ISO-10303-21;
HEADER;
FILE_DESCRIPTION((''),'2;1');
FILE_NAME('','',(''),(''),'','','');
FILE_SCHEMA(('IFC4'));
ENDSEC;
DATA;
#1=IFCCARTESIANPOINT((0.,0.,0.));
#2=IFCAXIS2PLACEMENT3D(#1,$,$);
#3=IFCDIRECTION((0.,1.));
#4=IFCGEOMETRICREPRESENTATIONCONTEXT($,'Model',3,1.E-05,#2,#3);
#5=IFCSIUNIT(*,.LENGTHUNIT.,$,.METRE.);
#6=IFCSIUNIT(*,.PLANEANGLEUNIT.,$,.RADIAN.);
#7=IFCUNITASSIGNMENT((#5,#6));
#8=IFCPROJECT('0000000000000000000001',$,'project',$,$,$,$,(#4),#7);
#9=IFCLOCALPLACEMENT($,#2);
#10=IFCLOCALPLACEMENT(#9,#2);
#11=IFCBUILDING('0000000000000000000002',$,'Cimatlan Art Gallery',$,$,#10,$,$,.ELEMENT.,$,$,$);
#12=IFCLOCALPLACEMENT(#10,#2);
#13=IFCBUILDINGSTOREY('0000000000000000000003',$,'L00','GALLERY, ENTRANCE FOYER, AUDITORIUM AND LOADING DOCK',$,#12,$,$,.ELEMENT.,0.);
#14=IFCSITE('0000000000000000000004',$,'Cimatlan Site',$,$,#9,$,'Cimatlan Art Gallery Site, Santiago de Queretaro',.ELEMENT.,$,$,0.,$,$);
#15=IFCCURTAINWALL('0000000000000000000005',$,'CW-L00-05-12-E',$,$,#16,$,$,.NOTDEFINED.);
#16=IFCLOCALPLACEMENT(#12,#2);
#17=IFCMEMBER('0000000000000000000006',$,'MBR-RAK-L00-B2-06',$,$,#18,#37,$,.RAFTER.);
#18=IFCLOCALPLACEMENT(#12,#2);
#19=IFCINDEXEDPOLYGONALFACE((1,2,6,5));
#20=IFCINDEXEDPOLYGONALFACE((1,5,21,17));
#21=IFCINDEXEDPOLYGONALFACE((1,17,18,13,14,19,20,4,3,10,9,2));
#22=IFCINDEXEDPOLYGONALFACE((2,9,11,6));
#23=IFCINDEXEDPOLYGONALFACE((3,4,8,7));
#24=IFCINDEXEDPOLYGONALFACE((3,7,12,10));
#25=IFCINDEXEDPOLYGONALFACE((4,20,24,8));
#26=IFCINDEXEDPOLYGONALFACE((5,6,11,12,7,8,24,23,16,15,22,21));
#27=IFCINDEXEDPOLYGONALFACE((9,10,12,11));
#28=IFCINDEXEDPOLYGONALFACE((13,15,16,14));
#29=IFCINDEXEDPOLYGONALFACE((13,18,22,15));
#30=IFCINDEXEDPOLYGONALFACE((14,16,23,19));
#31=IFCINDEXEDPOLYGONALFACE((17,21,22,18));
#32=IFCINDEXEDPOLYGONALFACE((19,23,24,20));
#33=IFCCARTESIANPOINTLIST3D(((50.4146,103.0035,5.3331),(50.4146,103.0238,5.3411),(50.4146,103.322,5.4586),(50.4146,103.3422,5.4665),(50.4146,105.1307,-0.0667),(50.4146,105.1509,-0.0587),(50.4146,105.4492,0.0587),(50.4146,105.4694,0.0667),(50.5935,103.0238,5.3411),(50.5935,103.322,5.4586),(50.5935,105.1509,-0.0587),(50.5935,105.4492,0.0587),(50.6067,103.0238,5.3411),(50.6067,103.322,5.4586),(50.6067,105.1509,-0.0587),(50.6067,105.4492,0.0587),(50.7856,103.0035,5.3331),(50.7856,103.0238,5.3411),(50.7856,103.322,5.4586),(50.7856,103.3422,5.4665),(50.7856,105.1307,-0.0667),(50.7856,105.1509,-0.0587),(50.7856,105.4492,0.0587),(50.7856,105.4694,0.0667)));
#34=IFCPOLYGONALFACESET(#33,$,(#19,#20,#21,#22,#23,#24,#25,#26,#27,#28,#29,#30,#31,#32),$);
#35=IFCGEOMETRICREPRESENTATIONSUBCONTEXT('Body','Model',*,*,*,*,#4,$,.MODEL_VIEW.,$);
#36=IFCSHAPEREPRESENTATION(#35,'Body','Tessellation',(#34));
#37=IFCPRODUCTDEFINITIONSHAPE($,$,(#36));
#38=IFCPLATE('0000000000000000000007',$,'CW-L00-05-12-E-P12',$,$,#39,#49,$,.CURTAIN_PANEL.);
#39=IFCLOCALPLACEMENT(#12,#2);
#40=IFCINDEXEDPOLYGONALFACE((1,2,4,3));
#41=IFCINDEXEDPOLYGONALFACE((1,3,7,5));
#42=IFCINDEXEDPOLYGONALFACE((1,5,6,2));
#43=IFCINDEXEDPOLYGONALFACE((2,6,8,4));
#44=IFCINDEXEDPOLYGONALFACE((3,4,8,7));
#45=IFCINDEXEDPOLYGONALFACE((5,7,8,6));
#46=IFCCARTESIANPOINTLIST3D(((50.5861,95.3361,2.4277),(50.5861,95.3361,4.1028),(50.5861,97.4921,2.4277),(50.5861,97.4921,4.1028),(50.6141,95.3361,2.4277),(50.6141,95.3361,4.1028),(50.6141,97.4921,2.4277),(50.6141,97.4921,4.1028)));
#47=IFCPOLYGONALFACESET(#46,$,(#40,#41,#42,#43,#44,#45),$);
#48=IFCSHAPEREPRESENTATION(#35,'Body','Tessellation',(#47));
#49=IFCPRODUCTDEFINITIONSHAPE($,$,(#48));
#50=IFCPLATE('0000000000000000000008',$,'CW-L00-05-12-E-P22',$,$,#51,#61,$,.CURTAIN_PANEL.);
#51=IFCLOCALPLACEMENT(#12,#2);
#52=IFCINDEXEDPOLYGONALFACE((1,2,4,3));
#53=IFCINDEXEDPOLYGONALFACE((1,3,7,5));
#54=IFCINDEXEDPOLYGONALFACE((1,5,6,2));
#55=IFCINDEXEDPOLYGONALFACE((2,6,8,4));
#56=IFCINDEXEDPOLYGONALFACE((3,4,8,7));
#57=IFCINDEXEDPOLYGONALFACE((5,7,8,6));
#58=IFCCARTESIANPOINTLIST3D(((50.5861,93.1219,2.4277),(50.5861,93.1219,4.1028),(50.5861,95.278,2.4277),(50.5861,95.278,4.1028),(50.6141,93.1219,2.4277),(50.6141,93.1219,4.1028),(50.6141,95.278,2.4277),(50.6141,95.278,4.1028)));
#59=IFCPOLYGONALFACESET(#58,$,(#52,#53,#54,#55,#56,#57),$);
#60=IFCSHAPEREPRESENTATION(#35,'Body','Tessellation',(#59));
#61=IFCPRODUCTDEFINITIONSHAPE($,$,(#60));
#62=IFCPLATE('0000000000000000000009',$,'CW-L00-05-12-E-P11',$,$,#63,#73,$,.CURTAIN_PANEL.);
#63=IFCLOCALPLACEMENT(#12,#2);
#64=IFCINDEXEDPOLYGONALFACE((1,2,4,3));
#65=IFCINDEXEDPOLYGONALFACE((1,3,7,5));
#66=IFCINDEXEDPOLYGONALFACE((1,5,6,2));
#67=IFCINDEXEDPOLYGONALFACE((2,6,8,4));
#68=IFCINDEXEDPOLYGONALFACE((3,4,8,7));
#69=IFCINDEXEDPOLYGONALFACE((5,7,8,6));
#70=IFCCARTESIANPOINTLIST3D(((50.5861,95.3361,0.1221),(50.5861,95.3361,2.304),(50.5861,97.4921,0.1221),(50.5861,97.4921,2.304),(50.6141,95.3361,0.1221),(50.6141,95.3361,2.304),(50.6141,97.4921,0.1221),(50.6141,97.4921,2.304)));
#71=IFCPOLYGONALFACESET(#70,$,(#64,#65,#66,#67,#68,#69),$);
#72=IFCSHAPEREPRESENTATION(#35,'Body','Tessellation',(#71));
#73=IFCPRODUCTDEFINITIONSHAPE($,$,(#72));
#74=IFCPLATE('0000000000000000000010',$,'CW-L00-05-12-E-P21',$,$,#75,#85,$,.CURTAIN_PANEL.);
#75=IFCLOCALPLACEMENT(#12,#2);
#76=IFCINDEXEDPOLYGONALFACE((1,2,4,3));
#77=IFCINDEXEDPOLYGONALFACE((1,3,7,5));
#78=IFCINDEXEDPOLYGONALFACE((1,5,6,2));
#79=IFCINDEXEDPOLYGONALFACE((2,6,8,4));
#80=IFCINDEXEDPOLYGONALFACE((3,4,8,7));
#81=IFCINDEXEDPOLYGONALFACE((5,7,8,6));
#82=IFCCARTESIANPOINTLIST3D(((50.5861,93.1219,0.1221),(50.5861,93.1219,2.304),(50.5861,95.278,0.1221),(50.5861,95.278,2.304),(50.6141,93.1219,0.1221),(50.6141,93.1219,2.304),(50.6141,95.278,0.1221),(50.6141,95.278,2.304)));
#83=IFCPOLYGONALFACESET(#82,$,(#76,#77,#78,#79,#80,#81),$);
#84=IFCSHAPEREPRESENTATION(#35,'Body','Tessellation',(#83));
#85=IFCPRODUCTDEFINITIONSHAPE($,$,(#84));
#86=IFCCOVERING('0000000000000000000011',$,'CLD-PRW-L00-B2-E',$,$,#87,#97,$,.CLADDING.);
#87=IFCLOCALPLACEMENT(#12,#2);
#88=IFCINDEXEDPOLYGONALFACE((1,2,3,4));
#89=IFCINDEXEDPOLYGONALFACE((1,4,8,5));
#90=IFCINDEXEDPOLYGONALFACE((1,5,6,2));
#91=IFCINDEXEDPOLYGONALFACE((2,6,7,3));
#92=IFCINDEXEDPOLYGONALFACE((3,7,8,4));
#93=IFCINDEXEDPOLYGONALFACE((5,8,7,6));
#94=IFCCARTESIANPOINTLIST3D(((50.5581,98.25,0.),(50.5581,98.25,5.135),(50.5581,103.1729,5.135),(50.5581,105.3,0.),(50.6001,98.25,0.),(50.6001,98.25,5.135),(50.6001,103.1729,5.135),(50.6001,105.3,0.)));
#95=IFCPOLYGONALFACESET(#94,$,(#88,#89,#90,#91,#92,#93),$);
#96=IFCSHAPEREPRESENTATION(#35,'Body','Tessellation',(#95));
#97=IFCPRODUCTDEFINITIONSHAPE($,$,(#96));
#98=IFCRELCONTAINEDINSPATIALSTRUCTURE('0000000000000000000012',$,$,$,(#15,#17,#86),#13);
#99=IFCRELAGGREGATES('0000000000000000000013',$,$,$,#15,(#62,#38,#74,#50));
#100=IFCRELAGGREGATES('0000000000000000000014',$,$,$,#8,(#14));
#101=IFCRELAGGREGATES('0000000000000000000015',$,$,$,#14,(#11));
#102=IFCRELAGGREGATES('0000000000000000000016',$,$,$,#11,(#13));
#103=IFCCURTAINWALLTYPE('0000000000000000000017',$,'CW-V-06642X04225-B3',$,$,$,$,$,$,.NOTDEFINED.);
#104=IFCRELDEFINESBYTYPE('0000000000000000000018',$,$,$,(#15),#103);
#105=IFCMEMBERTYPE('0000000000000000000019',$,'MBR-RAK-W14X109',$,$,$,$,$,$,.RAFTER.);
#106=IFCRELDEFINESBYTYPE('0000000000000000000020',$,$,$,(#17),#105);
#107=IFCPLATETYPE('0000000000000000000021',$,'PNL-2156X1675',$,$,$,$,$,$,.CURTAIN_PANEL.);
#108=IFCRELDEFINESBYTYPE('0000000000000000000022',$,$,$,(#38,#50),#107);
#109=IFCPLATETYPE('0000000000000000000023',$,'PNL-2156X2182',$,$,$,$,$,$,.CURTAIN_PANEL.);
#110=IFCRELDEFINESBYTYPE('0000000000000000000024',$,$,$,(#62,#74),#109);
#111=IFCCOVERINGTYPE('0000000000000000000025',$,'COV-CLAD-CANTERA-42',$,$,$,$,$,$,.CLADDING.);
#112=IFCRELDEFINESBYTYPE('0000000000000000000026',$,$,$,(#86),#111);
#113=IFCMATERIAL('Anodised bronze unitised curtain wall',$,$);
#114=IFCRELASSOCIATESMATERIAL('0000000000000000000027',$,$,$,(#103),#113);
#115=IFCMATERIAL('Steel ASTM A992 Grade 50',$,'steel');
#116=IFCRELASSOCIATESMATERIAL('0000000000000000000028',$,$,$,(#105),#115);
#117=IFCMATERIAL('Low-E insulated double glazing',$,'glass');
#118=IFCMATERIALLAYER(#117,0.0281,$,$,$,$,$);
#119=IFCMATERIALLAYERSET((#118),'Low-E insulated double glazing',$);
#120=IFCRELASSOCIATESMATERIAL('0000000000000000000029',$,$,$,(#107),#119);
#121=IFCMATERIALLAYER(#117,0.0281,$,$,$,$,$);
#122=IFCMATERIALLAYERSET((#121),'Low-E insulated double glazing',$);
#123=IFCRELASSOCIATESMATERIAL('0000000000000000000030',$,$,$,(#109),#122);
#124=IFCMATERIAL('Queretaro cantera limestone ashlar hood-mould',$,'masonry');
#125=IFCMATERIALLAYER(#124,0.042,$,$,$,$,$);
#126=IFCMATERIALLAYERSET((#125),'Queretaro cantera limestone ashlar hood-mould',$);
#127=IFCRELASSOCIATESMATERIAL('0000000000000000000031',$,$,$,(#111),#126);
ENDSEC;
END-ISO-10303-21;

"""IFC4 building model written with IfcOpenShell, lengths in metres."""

from ifc_helpers import new_model, si_unit, direction, frame, origin, origin_2d, place, context, subcontext, project, spatial, polyline, rectangle, i_section, outline, extrude, material, layer, layer_set, material_profile, profile_set, type_object, element, aggregate, save


model = new_model("IFC4")

# Units and contexts
model_context = context("Model", 3, precision=1e-05, world=origin(), true_north=direction((0.0, 1.0)))
body_context = subcontext(model_context, "Body", "Model", "MODEL_VIEW")
ifc_project = project(units=[si_unit("LENGTHUNIT", "METRE"), si_unit("PLANEANGLEUNIT", "RADIAN")], contexts=[model_context])

# Site, building, storey
site_placement = place(None, origin())
site = spatial("IfcSite", under=ifc_project, at=site_placement, Name="Cimatlan Site", LongName="Cimatlan Art Gallery Site, Santiago de Queretaro", CompositionType="ELEMENT", RefElevation=0.0)
building_placement = place(site_placement, origin())
building = spatial("IfcBuilding", under=site, at=building_placement, Name="Cimatlan Art Gallery", CompositionType="ELEMENT")
storey_placement = place(building_placement, origin())
storey = spatial("IfcBuildingStorey", under=building, at=storey_placement, Name="L00", Description="GALLERY, ENTRANCE FOYER, AUDITORIUM AND LOADING DOCK", CompositionType="ELEMENT", Elevation=0.0)

# Shared definitions
ifc_material_1 = material(Name="Steel ASTM A992 Grade 50", Category="steel")

# Curtain wall
ifc_material_2 = material(Name="Anodised bronze unitised curtain wall")
curtain_wall_type = type_object("IfcCurtainWallType", Name="CW-V-06642X04225-B3", PredefinedType="NOTDEFINED", material=ifc_material_2)
curtain_wall_placement = place(storey_placement, origin())
curtain_wall = element("IfcCurtainWall", 1, at=curtain_wall_placement, inside=storey, type_object=curtain_wall_type, Name="CW-L00-05-12-E", PredefinedType="NOTDEFINED")

# Member
ifc_material_profile_1 = material_profile(ifc_material_1, i_section(OverallWidth=0.3711, OverallDepth=0.364, WebThickness=0.0132, FlangeThickness=0.0217, at=origin_2d()), Name="W14X109")
ifc_profile_set_1 = profile_set([ifc_material_profile_1], Name="Steel ASTM A992 Grade 50")
member_type_1 = type_object("IfcMemberType", Name="MBR-RAK-W14X109", PredefinedType="RAFTER", material=ifc_profile_set_1)
member_1_placement = place(storey_placement, frame((50.6001, 105.3, 0.0), z_axis=(0.0, -0.366519, 0.930411), x_axis=(1.0, 0.0, 0.0)))
element("IfcMember", 2, at=member_1_placement, inside=storey, type_object=member_type_1, Name="MBR-RAK-L00-B2-06", PredefinedType="RAFTER", context=body_context, shape_type="SweptSolid", body=[
    extrude(i_section(OverallWidth=0.3711, OverallDepth=0.364, WebThickness=0.0132, FlangeThickness=0.0217, at=origin_2d()), origin(), (0.0, 0.0, 1.0), 5.8037),
])

# Plates
ifc_material_3 = material(Name="Low-E insulated double glazing", Category="glass")
ifc_layer_1 = layer(ifc_material_3, 0.0281)
ifc_layer_set_1 = layer_set([ifc_layer_1], Name="Low-E insulated double glazing")
plate_type_1 = type_object("IfcPlateType", Name="PNL-2156X1675", PredefinedType="CURTAIN_PANEL", material=ifc_layer_set_1)
plate_1_placement = place(storey_placement, frame((50.6001, 96.4141, 2.4277), z_axis=(0.0, 0.0, 1.0), x_axis=(0.0, -1.0, 0.0)))
plate_1 = element("IfcPlate", 3, at=plate_1_placement, type_object=plate_type_1, Name="CW-L00-05-12-E-P12", PredefinedType="CURTAIN_PANEL", context=body_context, shape_type="SweptSolid", body=[
    extrude(rectangle(XDim=2.156, YDim=0.0281, at=origin_2d()), origin(), (0.0, 0.0, 1.0), 1.675),
])
plate_2_placement = place(storey_placement, frame((50.6001, 94.2, 2.4277), z_axis=(0.0, 0.0, 1.0), x_axis=(0.0, -1.0, 0.0)))
plate_2 = element("IfcPlate", 4, at=plate_2_placement, type_object=plate_type_1, Name="CW-L00-05-12-E-P22", PredefinedType="CURTAIN_PANEL", context=body_context, shape_type="SweptSolid", body=[
    extrude(rectangle(XDim=2.156, YDim=0.0281, at=origin_2d()), origin(), (0.0, 0.0, 1.0), 1.675),
])
ifc_layer_2 = layer(ifc_material_3, 0.0281)
ifc_layer_set_2 = layer_set([ifc_layer_2], Name="Low-E insulated double glazing")
plate_type_2 = type_object("IfcPlateType", Name="PNL-2156X2182", PredefinedType="CURTAIN_PANEL", material=ifc_layer_set_2)
plate_3_placement = place(storey_placement, frame((50.6001, 96.4141, 0.1221), z_axis=(0.0, 0.0, 1.0), x_axis=(0.0, -1.0, 0.0)))
plate_3 = element("IfcPlate", 5, at=plate_3_placement, type_object=plate_type_2, Name="CW-L00-05-12-E-P11", PredefinedType="CURTAIN_PANEL", context=body_context, shape_type="SweptSolid", body=[
    extrude(rectangle(XDim=2.156, YDim=0.0281, at=origin_2d()), origin(), (0.0, 0.0, 1.0), 2.1819),
])
plate_4_placement = place(storey_placement, frame((50.6001, 94.2, 0.1221), z_axis=(0.0, 0.0, 1.0), x_axis=(0.0, -1.0, 0.0)))
plate_4 = element("IfcPlate", 6, at=plate_4_placement, type_object=plate_type_2, Name="CW-L00-05-12-E-P21", PredefinedType="CURTAIN_PANEL", context=body_context, shape_type="SweptSolid", body=[
    extrude(rectangle(XDim=2.156, YDim=0.0281, at=origin_2d()), origin(), (0.0, 0.0, 1.0), 2.1819),
])
aggregate(curtain_wall, [plate_3, plate_1, plate_4, plate_2])

# Covering
ifc_material_4 = material(Name="Queretaro cantera limestone ashlar hood-mould", Category="masonry")
ifc_layer_3 = layer(ifc_material_4, 0.042)
ifc_layer_set_3 = layer_set([ifc_layer_3], Name="Queretaro cantera limestone ashlar hood-mould")
covering_type = type_object("IfcCoveringType", Name="COV-CLAD-CANTERA-42", PredefinedType="CLADDING", material=ifc_layer_set_3)
covering_placement = place(storey_placement, frame((50.6001, 98.25, 0.0), z_axis=(1.0, 0.0, 0.0), x_axis=(0.0, 1.0, 0.0)))
element("IfcCovering", 7, at=covering_placement, inside=storey, type_object=covering_type, Name="CLD-PRW-L00-B2-E", PredefinedType="CLADDING", context=body_context, shape_type="SweptSolid", body=[
    extrude(outline(polyline([(0.0, 0.0), (7.05, 0.0), (4.9229, 5.135), (0.0, 5.135), (0.0, 0.0)])), origin(), (0.0, 0.0, -1.0), 0.042),
])

save(model, "model.ifc")
